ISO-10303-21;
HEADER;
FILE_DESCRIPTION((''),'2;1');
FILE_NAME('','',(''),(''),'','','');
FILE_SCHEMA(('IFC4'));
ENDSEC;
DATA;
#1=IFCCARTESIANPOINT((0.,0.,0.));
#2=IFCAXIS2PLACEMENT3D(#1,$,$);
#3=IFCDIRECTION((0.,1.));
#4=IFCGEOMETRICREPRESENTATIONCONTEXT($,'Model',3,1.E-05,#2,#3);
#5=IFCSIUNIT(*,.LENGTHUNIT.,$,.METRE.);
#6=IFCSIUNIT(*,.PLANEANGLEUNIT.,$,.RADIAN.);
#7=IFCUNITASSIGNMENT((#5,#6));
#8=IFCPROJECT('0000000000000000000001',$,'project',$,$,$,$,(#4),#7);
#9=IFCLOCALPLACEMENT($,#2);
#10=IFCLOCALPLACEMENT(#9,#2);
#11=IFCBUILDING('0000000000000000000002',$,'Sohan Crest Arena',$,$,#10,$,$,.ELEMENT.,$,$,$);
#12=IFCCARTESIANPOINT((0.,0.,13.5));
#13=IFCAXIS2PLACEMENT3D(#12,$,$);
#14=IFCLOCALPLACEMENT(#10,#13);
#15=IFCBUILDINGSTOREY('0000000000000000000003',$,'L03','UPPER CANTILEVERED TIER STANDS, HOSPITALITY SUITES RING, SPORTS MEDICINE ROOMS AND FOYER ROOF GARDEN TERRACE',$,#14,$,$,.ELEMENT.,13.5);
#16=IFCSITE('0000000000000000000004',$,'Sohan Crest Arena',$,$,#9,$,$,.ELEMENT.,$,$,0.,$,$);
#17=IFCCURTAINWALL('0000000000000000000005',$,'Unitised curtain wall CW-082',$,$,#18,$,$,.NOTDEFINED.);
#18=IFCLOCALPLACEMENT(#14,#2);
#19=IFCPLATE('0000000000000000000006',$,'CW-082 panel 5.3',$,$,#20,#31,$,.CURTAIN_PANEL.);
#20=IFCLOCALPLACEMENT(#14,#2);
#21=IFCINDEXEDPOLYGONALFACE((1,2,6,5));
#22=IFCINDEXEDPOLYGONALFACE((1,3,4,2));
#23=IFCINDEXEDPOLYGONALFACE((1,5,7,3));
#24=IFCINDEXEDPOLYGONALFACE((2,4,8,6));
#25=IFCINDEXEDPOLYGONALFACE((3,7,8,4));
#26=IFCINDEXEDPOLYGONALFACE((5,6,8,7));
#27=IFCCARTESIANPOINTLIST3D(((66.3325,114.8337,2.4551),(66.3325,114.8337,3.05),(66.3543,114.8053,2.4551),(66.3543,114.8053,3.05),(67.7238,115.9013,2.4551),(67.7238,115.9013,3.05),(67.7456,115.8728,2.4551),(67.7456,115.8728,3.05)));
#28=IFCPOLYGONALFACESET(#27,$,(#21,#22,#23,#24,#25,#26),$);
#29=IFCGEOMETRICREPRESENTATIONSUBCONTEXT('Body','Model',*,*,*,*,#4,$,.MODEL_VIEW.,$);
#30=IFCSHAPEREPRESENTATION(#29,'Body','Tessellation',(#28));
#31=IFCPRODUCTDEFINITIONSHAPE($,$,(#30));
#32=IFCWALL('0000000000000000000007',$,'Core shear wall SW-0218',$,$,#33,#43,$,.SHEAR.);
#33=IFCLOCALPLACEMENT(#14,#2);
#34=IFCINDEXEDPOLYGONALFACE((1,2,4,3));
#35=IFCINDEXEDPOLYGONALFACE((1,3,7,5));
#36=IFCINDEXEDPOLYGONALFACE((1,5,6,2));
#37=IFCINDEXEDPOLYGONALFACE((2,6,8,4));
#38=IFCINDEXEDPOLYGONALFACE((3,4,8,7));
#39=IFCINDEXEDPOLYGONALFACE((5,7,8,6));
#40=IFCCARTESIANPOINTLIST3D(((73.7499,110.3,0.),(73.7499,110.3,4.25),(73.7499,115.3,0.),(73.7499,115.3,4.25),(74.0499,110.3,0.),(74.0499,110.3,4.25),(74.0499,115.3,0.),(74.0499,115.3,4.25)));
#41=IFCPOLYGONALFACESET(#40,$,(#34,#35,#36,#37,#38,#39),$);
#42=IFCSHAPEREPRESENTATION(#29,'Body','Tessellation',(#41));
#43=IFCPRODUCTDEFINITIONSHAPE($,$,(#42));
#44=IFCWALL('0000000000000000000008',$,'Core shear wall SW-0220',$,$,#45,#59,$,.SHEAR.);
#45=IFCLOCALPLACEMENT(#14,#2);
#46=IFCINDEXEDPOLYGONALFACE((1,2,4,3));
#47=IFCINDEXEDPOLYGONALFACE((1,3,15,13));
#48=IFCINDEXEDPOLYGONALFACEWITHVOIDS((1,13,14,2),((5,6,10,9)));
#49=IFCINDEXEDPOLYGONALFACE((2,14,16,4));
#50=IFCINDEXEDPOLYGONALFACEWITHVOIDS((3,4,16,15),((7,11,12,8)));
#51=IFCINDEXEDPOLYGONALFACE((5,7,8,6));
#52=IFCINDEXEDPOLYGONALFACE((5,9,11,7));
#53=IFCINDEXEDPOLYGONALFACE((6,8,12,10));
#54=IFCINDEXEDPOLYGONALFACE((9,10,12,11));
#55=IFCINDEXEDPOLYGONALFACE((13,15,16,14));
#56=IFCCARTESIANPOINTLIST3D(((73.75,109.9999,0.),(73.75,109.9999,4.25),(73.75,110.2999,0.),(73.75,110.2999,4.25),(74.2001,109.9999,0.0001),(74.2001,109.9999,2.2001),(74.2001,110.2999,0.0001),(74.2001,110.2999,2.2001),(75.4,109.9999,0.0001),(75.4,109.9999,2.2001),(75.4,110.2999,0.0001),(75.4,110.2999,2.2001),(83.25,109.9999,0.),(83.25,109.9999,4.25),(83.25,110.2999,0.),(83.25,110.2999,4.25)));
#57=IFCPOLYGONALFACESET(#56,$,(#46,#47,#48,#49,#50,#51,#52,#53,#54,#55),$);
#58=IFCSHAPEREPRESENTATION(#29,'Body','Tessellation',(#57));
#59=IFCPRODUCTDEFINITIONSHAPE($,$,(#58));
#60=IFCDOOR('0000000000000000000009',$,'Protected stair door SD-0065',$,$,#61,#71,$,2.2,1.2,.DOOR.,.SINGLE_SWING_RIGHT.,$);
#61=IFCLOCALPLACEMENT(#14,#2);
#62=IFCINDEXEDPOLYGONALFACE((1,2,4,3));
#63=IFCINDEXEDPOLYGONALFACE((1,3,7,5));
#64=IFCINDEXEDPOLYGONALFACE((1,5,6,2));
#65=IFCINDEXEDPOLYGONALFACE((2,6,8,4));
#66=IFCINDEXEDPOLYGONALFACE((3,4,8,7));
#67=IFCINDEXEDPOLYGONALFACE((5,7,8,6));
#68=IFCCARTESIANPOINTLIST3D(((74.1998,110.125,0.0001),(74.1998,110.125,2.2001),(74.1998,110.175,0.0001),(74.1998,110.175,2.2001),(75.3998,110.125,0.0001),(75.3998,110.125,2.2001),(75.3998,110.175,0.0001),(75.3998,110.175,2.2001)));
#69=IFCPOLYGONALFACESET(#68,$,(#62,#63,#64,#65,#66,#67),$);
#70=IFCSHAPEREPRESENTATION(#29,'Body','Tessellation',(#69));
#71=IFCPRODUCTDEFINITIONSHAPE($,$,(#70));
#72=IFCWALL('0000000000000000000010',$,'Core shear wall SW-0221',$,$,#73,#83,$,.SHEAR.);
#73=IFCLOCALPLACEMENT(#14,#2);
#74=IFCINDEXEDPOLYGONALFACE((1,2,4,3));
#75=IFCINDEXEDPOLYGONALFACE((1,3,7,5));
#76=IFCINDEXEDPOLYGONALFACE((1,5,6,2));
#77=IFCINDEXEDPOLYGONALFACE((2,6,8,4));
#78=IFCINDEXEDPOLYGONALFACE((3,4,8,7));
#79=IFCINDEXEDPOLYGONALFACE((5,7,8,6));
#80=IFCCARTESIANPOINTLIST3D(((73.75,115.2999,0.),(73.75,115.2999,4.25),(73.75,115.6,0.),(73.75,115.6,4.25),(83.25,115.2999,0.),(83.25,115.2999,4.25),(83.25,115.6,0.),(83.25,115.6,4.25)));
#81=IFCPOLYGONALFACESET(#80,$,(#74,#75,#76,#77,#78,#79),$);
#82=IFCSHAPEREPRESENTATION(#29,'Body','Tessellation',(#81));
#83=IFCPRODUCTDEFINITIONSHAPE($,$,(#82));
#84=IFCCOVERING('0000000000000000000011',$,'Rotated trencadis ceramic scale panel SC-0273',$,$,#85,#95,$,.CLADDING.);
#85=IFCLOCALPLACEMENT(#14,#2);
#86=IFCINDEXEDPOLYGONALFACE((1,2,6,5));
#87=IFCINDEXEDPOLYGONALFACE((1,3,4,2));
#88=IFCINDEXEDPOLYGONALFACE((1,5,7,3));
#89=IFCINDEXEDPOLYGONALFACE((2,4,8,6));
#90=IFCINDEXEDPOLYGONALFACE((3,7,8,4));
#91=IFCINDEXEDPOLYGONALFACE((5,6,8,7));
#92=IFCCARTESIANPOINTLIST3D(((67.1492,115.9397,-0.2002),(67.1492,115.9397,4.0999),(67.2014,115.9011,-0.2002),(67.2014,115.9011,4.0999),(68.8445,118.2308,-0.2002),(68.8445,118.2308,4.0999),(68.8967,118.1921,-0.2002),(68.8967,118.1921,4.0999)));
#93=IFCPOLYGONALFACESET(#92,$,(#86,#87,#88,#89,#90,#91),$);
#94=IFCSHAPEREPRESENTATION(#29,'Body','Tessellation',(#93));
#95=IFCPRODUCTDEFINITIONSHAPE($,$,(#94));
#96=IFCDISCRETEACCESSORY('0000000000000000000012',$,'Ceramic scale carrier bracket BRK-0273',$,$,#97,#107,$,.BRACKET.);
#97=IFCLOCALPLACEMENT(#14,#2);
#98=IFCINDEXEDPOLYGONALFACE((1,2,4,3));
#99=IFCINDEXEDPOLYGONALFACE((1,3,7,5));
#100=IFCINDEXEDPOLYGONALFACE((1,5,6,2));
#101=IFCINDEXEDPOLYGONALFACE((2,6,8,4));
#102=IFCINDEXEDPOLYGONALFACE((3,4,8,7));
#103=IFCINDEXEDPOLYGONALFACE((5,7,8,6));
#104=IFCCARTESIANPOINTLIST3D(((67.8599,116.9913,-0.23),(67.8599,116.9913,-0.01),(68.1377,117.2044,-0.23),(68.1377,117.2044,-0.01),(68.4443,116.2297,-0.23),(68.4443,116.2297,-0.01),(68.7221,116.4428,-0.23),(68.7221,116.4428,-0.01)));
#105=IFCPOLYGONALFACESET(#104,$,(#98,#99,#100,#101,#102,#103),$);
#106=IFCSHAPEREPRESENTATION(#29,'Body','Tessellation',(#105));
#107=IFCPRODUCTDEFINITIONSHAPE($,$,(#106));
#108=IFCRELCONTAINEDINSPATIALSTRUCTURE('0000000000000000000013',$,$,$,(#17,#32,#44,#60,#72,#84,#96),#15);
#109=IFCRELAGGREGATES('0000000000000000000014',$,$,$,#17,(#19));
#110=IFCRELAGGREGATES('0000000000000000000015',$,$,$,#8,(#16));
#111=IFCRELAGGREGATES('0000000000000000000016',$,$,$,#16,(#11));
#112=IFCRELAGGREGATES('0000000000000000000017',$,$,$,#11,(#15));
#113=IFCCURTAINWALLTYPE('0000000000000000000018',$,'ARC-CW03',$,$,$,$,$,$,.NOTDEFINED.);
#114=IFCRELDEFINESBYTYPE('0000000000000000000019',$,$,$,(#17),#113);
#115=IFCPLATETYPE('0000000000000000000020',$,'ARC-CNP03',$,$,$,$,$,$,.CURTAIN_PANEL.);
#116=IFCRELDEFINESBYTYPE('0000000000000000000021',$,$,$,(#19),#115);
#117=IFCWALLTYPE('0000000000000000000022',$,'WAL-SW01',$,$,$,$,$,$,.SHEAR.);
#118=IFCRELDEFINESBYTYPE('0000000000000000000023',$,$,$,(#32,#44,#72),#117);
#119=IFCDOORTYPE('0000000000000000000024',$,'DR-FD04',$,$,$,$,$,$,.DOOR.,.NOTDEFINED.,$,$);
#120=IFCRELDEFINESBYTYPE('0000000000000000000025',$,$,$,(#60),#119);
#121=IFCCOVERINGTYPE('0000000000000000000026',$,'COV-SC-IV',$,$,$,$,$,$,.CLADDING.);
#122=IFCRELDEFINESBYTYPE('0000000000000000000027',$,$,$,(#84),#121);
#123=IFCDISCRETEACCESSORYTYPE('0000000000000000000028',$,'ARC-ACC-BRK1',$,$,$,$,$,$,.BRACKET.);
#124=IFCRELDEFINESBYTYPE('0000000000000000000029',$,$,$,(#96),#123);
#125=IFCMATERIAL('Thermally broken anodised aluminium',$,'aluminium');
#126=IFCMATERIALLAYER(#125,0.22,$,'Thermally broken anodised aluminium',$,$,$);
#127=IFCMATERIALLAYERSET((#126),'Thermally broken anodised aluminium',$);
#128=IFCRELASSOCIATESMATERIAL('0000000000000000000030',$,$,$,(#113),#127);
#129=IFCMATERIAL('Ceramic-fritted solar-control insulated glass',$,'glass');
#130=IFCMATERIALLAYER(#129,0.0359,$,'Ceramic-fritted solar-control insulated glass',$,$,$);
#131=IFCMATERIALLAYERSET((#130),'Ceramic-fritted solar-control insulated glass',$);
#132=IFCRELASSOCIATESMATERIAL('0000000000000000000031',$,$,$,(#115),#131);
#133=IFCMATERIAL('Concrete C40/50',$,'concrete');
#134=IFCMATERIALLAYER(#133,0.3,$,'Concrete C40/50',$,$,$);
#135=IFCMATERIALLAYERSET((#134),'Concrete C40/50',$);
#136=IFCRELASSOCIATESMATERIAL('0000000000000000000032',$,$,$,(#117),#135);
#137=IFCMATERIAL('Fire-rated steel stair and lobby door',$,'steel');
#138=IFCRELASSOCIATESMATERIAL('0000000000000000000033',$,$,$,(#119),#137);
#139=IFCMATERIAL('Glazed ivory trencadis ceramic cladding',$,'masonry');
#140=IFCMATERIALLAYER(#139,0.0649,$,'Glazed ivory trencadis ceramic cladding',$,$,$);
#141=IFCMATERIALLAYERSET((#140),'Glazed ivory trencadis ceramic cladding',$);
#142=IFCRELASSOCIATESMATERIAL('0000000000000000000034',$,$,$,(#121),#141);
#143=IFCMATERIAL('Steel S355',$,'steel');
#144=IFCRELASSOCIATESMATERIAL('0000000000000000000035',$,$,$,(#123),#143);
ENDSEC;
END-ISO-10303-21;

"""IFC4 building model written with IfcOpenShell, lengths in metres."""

from ifc_helpers import new_model, si_unit, direction, frame, frame_2d, origin, origin_2d, place, context, subcontext, project, spatial, rectangle, extrude, material, layer, layer_set, type_object, element, fill, aggregate, save


model = new_model("IFC4")

# Units and contexts
model_context = context("Model", 3, precision=1e-05, world=origin(), true_north=direction((0.0, 1.0)))
body_context = subcontext(model_context, "Body", "Model", "MODEL_VIEW")
ifc_project = project(units=[si_unit("LENGTHUNIT", "METRE"), si_unit("PLANEANGLEUNIT", "RADIAN")], contexts=[model_context])

# Site, building, storey
site_placement = place(None, origin())
site = spatial("IfcSite", under=ifc_project, at=site_placement, Name="Sohan Crest Arena", CompositionType="ELEMENT", RefElevation=0.0)
building_placement = place(site_placement, origin())
building = spatial("IfcBuilding", under=site, at=building_placement, Name="Sohan Crest Arena", CompositionType="ELEMENT")
storey_placement = place(building_placement, frame((0.0, 0.0, 13.5)))
storey = spatial("IfcBuildingStorey", under=building, at=storey_placement, Name="L03", Description="UPPER CANTILEVERED TIER STANDS, HOSPITALITY SUITES RING, SPORTS MEDICINE ROOMS AND FOYER ROOF GARDEN TERRACE", CompositionType="ELEMENT", Elevation=13.5)

# Shared definitions
ifc_material_1 = material(Name="Steel S355", Category="steel")

# Curtain wall
ifc_material_2 = material(Name="Thermally broken anodised aluminium", Category="aluminium")
ifc_layer_1 = layer(ifc_material_2, 0.22, Name="Thermally broken anodised aluminium")
ifc_layer_set_1 = layer_set([ifc_layer_1], Name="Thermally broken anodised aluminium")
curtain_wall_type = type_object("IfcCurtainWallType", Name="ARC-CW03", PredefinedType="NOTDEFINED", material=ifc_layer_set_1)
curtain_wall_placement = place(storey_placement, origin())
curtain_wall = element("IfcCurtainWall", 1, at=curtain_wall_placement, inside=storey, type_object=curtain_wall_type, Name="Unitised curtain wall CW-082", PredefinedType="NOTDEFINED")

# Plate
ifc_material_3 = material(Name="Ceramic-fritted solar-control insulated glass", Category="glass")
ifc_layer_2 = layer(ifc_material_3, 0.0359, Name="Ceramic-fritted solar-control insulated glass")
ifc_layer_set_2 = layer_set([ifc_layer_2], Name="Ceramic-fritted solar-control insulated glass")
plate_type = type_object("IfcPlateType", Name="ARC-CNP03", PredefinedType="CURTAIN_PANEL", material=ifc_layer_set_2)
plate_1_placement = place(storey_placement, frame((67.0391, 115.3533, 2.4551), z_axis=(0.0, 0.0, 1.0), x_axis=(-0.793372, -0.608737, 0.0)))
plate_1 = element("IfcPlate", 2, at=plate_1_placement, type_object=plate_type, Name="CW-082 panel 5.3", PredefinedType="CURTAIN_PANEL", context=body_context, shape_type="SweptSolid", body=[
    extrude(rectangle(XDim=1.7537, YDim=0.0359, at=origin_2d()), origin(), (0.0, 0.0, 1.0), 0.595),
])
aggregate(curtain_wall, [plate_1])

# Wall
ifc_material_4 = material(Name="Concrete C40/50", Category="concrete")
ifc_layer_3 = layer(ifc_material_4, 0.3, Name="Concrete C40/50")
ifc_layer_set_3 = layer_set([ifc_layer_3], Name="Concrete C40/50")
wall_type = type_object("IfcWallType", Name="WAL-SW01", PredefinedType="SHEAR", material=ifc_layer_set_3)
wall_1_placement = place(storey_placement, frame((73.8999, 110.3, 0.0), z_axis=(0.0, 0.0, 1.0), x_axis=(0.0, 1.0, 0.0)))
element("IfcWall", 3, at=wall_1_placement, inside=storey, type_object=wall_type, Name="Core shear wall SW-0218", PredefinedType="SHEAR", context=body_context, shape_type="SweptSolid", body=[
    extrude(rectangle(XDim=5.0, YDim=0.3, at=frame_2d((2.5, 0.0))), origin(), (0.0, 0.0, 1.0), 4.25),
])

# Wall, opening, door
wall_2_placement = place(storey_placement, frame((73.75, 110.1499, 0.0), z_axis=(0.0, 0.0, 1.0), x_axis=(1.0, 0.0, 0.0)))
wall_2 = element("IfcWall", 4, at=wall_2_placement, inside=storey, type_object=wall_type, Name="Core shear wall SW-0220", PredefinedType="SHEAR", context=body_context, shape_type="SweptSolid", body=[
    extrude(rectangle(XDim=9.5, YDim=0.3, at=frame_2d((4.75, 0.0))), origin(), (0.0, 0.0, 1.0), 4.25),
])
opening_placement = place(wall_2_placement, frame((0.45, 0.0, 0.0)))
opening = element("IfcOpeningElement", 5, at=opening_placement, cuts=wall_2, PredefinedType="OPENING", context=body_context, shape_type="SweptSolid", body=[
    extrude(rectangle(XDim=1.2, YDim=2.2, at=frame_2d((0.6001, 1.1001))), frame((0.0, 0.1599, 0.0), z_axis=(0.0, -1.0, 0.0), x_axis=(1.0, 0.0, 0.0)), (0.0, 0.0, 1.0), 0.3201),
])
ifc_material_5 = material(Name="Fire-rated steel stair and lobby door", Category="steel")
door_type = type_object("IfcDoorType", Name="DR-FD04", OperationType="NOTDEFINED", PredefinedType="DOOR", material=ifc_material_5)
door_placement = place(opening_placement, frame((1.2, 0.0, 0.0), z_axis=(0.0, 0.0, 1.0), x_axis=(-1.0, 0.0, 0.0)))
door = element("IfcDoor", 6, at=door_placement, inside=storey, type_object=door_type, Name="Protected stair door SD-0065", OperationType="SINGLE_SWING_RIGHT", OverallHeight=2.2, OverallWidth=1.2, PredefinedType="DOOR", context=body_context, shape_type="SweptSolid", body=[
    extrude(rectangle(XDim=1.2, YDim=2.2, at=frame_2d((0.6001, 1.1001))), frame((0.0, 0.0249, 0.0), z_axis=(0.0, -1.0, 0.0), x_axis=(1.0, 0.0, 0.0)), (0.0, 0.0, 1.0), 0.05),
])
fill(opening, door)

# Wall
wall_3_placement = place(storey_placement, frame((73.75, 115.45, 0.0), z_axis=(0.0, 0.0, 1.0), x_axis=(1.0, 0.0, 0.0)))
element("IfcWall", 7, at=wall_3_placement, inside=storey, type_object=wall_type, Name="Core shear wall SW-0221", PredefinedType="SHEAR", context=body_context, shape_type="SweptSolid", body=[
    extrude(rectangle(XDim=9.5, YDim=0.3, at=frame_2d((4.75, 0.0))), origin(), (0.0, 0.0, 1.0), 4.25),
])

# Covering
ifc_material_6 = material(Name="Glazed ivory trencadis ceramic cladding", Category="masonry")
ifc_layer_4 = layer(ifc_material_6, 0.0649, Name="Glazed ivory trencadis ceramic cladding")
ifc_layer_set_4 = layer_set([ifc_layer_4], Name="Glazed ivory trencadis ceramic cladding")
covering_type = type_object("IfcCoveringType", Name="COV-SC-IV", PredefinedType="CLADDING", material=ifc_layer_set_4)
covering_placement = place(storey_placement, frame((68.0229, 117.0659, -0.2002), z_axis=(0.0, 0.0, 1.0), x_axis=(-0.594823, -0.803857, 0.0)))
element("IfcCovering", 8, at=covering_placement, inside=storey, type_object=covering_type, Name="Rotated trencadis ceramic scale panel SC-0273", PredefinedType="CLADDING", context=body_context, shape_type="SweptSolid", body=[
    extrude(rectangle(XDim=2.8501, YDim=0.0649, at=origin_2d()), origin(), (0.0, 0.0, 1.0), 4.3),
])

# Discrete accessory
discrete_accessory_type = type_object("IfcDiscreteAccessoryType", Name="ARC-ACC-BRK1", PredefinedType="BRACKET", material=ifc_material_1)
discrete_accessory_placement = place(storey_placement, frame((68.291, 116.717, -0.23), z_axis=(0.0, 0.0, 1.0), x_axis=(-0.793353, -0.608761, 0.0)))
element("IfcDiscreteAccessory", 9, at=discrete_accessory_placement, inside=storey, type_object=discrete_accessory_type, Name="Ceramic scale carrier bracket BRK-0273", PredefinedType="BRACKET", context=body_context, shape_type="SweptSolid", body=[
    extrude(rectangle(XDim=0.3501, YDim=0.96, at=origin_2d()), origin(), (0.0, 0.0, 1.0), 0.22),
])

save(model, "model.ifc")
